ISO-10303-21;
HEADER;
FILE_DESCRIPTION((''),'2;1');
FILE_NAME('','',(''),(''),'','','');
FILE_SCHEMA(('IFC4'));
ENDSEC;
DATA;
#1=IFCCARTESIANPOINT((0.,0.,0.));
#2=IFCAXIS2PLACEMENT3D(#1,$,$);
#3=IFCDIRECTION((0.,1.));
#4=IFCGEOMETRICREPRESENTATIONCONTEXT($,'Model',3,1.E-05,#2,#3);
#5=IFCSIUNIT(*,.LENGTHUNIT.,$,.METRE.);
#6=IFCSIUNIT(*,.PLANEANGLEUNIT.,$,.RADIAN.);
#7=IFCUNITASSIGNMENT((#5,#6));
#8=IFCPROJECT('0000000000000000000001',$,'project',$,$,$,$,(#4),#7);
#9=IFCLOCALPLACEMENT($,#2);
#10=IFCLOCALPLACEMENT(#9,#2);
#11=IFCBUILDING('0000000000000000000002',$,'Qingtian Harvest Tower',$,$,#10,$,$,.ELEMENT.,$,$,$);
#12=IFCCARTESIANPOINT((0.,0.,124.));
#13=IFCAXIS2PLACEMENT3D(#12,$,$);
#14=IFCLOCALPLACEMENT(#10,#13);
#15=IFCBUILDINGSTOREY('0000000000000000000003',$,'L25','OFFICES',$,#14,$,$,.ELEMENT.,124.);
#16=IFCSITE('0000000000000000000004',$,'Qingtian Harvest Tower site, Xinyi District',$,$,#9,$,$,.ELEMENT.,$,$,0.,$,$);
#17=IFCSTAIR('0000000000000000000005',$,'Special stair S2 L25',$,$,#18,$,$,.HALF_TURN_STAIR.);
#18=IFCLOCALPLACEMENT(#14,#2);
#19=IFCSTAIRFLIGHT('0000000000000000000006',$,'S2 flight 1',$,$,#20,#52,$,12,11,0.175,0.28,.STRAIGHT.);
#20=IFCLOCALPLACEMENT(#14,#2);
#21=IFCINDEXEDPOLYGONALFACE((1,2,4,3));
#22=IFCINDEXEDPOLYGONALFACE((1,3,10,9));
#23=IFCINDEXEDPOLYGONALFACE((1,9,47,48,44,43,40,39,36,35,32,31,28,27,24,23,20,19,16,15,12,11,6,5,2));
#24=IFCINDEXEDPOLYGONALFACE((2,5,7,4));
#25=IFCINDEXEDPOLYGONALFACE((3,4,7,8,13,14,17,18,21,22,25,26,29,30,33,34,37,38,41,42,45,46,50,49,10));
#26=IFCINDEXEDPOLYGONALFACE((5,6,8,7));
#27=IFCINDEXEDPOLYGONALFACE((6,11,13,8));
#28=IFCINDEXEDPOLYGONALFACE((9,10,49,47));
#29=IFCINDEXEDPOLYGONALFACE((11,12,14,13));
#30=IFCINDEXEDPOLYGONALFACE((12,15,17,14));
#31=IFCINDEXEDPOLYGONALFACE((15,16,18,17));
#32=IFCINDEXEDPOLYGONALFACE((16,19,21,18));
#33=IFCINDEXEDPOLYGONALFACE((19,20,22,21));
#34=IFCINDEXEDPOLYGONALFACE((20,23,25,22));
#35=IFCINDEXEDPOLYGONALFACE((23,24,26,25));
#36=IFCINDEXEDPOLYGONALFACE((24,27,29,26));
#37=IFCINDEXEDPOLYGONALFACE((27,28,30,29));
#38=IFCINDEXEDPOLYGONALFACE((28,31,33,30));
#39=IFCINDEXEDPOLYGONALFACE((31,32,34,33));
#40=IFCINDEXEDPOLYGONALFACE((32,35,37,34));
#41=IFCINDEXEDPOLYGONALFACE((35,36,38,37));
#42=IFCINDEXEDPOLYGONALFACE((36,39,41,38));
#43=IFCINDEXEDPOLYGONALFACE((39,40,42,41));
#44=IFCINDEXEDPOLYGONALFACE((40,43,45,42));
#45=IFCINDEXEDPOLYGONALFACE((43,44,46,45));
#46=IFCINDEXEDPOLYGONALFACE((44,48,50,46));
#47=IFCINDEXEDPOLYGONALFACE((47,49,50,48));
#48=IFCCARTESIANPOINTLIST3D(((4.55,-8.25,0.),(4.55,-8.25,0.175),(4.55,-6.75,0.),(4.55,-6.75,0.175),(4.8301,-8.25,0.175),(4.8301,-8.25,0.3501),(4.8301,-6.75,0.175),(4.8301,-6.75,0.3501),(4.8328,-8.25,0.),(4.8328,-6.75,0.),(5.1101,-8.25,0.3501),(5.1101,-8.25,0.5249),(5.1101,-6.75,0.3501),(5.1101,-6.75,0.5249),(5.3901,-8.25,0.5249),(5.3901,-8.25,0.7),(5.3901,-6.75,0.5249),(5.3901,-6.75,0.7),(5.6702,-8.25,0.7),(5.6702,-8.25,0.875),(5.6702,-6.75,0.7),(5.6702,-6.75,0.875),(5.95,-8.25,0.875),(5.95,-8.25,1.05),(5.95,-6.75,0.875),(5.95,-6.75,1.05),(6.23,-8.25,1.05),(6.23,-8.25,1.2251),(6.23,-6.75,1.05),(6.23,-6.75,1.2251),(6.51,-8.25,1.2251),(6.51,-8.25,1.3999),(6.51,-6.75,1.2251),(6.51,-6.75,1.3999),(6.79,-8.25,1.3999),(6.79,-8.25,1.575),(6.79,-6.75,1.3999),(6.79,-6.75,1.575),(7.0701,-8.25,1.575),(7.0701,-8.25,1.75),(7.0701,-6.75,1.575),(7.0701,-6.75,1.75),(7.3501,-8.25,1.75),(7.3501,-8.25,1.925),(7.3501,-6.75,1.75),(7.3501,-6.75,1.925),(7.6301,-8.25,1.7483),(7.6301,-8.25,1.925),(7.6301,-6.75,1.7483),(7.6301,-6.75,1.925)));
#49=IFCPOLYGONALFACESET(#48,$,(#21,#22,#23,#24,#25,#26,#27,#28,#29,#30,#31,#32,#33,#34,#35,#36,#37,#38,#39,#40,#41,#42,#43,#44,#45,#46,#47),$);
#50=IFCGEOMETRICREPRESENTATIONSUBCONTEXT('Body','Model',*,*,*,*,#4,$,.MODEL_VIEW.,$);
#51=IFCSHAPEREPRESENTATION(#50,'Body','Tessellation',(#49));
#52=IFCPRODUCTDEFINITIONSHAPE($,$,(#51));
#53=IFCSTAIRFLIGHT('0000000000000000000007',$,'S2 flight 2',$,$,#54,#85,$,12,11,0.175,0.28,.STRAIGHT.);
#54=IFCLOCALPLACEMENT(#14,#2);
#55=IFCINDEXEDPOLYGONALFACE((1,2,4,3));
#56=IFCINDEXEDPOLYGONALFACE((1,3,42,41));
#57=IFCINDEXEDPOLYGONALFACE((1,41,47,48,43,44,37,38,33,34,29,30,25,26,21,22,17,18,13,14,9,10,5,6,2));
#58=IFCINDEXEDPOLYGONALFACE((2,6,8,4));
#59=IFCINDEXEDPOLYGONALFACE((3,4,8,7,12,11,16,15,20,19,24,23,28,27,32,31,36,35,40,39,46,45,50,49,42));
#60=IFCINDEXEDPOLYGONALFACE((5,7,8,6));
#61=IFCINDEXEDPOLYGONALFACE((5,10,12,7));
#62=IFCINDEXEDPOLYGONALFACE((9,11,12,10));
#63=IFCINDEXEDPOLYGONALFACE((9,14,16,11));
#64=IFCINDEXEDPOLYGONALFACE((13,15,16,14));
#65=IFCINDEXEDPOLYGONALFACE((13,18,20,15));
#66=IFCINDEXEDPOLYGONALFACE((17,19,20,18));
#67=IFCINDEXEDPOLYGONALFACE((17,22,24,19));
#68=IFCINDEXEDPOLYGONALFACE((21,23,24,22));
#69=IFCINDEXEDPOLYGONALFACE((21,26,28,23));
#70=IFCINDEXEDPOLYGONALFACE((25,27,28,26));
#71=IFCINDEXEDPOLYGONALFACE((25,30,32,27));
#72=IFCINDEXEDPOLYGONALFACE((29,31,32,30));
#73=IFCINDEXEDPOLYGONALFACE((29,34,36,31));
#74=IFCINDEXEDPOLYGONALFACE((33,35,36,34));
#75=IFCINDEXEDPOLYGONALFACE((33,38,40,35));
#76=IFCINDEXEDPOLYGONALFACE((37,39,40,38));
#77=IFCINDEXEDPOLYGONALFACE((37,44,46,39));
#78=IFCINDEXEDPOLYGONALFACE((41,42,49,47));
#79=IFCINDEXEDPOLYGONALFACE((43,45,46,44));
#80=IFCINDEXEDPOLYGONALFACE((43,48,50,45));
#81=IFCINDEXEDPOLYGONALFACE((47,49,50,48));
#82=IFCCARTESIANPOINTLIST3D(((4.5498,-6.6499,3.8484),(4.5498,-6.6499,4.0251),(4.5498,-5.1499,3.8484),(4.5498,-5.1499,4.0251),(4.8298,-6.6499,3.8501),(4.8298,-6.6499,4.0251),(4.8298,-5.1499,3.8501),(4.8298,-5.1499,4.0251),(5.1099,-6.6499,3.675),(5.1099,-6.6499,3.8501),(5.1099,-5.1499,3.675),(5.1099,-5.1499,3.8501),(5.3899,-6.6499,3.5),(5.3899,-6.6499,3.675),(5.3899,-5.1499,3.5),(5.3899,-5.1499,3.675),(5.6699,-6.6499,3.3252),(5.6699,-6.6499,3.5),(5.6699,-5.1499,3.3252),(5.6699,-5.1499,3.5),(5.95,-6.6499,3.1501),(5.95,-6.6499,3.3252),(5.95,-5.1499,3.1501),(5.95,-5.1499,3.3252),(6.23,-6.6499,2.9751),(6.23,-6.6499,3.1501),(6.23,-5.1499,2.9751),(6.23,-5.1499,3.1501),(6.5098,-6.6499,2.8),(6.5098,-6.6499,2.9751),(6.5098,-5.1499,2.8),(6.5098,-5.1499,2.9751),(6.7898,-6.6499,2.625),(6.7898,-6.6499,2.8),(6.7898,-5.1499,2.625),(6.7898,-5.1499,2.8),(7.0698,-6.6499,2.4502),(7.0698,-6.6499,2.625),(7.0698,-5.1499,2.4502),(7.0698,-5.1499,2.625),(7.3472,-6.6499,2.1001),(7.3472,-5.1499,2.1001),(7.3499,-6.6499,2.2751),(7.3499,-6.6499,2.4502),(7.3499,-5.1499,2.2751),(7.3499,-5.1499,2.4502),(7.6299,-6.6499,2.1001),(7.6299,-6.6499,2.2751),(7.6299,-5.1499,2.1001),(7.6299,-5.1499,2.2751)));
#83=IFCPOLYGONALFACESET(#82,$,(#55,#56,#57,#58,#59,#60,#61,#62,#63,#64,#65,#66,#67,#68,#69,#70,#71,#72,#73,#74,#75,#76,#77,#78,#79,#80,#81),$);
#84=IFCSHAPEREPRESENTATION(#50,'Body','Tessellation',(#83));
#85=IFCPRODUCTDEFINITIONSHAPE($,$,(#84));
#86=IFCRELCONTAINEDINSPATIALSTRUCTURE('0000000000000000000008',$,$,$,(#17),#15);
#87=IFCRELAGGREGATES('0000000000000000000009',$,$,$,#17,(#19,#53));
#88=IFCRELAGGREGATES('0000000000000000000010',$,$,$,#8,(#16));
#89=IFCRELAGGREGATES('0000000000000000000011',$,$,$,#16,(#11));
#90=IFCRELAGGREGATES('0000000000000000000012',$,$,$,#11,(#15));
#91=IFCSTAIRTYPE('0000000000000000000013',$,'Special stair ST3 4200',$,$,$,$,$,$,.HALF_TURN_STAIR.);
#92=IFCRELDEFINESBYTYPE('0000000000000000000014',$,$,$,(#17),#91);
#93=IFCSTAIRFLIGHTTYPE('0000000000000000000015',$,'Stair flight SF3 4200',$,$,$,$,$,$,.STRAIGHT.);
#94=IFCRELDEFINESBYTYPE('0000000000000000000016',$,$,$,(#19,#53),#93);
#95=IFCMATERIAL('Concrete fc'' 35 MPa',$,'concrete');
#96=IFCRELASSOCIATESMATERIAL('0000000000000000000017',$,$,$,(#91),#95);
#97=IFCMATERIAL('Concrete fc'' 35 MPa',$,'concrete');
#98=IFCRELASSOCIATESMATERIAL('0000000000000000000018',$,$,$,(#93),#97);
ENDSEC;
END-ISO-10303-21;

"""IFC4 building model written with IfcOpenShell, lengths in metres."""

from ifc_helpers import new_model, si_unit, direction, frame, origin, place, context, subcontext, project, spatial, polyline, outline, extrude, material, type_object, element, aggregate, save


model = new_model("IFC4")

# Units and contexts
model_context = context("Model", 3, precision=1e-05, world=origin(), true_north=direction((0.0, 1.0)))
body_context = subcontext(model_context, "Body", "Model", "MODEL_VIEW")
ifc_project = project(units=[si_unit("LENGTHUNIT", "METRE"), si_unit("PLANEANGLEUNIT", "RADIAN")], contexts=[model_context])

# Site, building, storey
site_placement = place(None, origin())
site = spatial("IfcSite", under=ifc_project, at=site_placement, Name="Qingtian Harvest Tower site, Xinyi District", CompositionType="ELEMENT", RefElevation=0.0)
building_placement = place(site_placement, origin())
building = spatial("IfcBuilding", under=site, at=building_placement, Name="Qingtian Harvest Tower", CompositionType="ELEMENT")
storey_placement = place(building_placement, frame((0.0, 0.0, 124.0)))
storey = spatial("IfcBuildingStorey", under=building, at=storey_placement, Name="L25", Description="OFFICES", CompositionType="ELEMENT", Elevation=124.0)

# Stair, stair flights
ifc_material_1 = material(Name="Concrete fc' 35 MPa", Category="concrete")
stair_type = type_object("IfcStairType", Name="Special stair ST3 4200", PredefinedType="HALF_TURN_STAIR", material=ifc_material_1)
stair_placement = place(storey_placement, origin())
stair = element("IfcStair", 1, at=stair_placement, inside=storey, type_object=stair_type, Name="Special stair S2 L25", PredefinedType="HALF_TURN_STAIR")
ifc_material_2 = material(Name="Concrete fc' 35 MPa", Category="concrete")
stair_flight_type = type_object("IfcStairFlightType", Name="Stair flight SF3 4200", PredefinedType="STRAIGHT", material=ifc_material_2)
stair_flight_1_placement = place(storey_placement, frame((4.55, -7.5, 0.0), z_axis=(0.0, 0.0, 1.0), x_axis=(1.0, 0.0, 0.0)))
stair_flight_1 = element("IfcStairFlight", 2, at=stair_flight_1_placement, type_object=stair_flight_type, Name="S2 flight 1", NumberOfRisers=12, NumberOfTreads=11, PredefinedType="STRAIGHT", RiserHeight=0.175, TreadLength=0.28, context=body_context, shape_type="SweptSolid", body=[
    extrude(outline(polyline([(0.0, 0.0), (0.0, 0.175), (0.28, 0.175), (0.28, 0.3501), (0.5601, 0.3501), (0.5601, 0.5249), (0.8401, 0.5249), (0.8401, 0.7), (1.1201, 0.7), (1.1201, 0.875), (1.3999, 0.875), (1.3999, 1.05), (1.6799, 1.05), (1.6799, 1.2251), (1.96, 1.2251), (1.96, 1.3999), (2.24, 1.3999), (2.24, 1.575), (2.52, 1.575), (2.52, 1.75), (2.8, 1.75), (2.8, 1.925), (3.0801, 1.925), (3.0801, 2.1001), (3.0801, 1.7483), (0.2827, 0.0), (0.0, 0.0)])), frame((0.0, 0.75, 0.0), z_axis=(0.0, -1.0, 0.0), x_axis=(1.0, 0.0, 0.0)), (0.0, 0.0, 1.0), 1.5),
])
stair_flight_2_placement = place(storey_placement, frame((7.6299, -5.8999, 2.1001), z_axis=(0.0, 0.0, 1.0), x_axis=(-1.0, 0.0, 0.0)))
stair_flight_2 = element("IfcStairFlight", 3, at=stair_flight_2_placement, type_object=stair_flight_type, Name="S2 flight 2", NumberOfRisers=12, NumberOfTreads=11, PredefinedType="STRAIGHT", RiserHeight=0.175, TreadLength=0.28, context=body_context, shape_type="SweptSolid", body=[
    extrude(outline(polyline([(0.0, 0.0), (0.0, 0.175), (0.28, 0.175), (0.28, 0.3501), (0.5601, 0.3501), (0.5601, 0.5249), (0.8401, 0.5249), (0.8401, 0.7), (1.1201, 0.7), (1.1201, 0.875), (1.3999, 0.875), (1.3999, 1.05), (1.6799, 1.05), (1.6799, 1.2251), (1.96, 1.2251), (1.96, 1.3999), (2.24, 1.3999), (2.24, 1.575), (2.52, 1.575), (2.52, 1.75), (2.8, 1.75), (2.8, 1.925), (3.0801, 1.925), (3.0801, 2.1001), (3.0801, 1.7483), (0.2827, 0.0), (0.0, 0.0)])), frame((0.0, 0.75, 0.0), z_axis=(0.0, -1.0, 0.0), x_axis=(1.0, 0.0, 0.0)), (0.0, 0.0, 1.0), 1.5),
])
aggregate(stair, [stair_flight_1, stair_flight_2])

save(model, "model.ifc")
